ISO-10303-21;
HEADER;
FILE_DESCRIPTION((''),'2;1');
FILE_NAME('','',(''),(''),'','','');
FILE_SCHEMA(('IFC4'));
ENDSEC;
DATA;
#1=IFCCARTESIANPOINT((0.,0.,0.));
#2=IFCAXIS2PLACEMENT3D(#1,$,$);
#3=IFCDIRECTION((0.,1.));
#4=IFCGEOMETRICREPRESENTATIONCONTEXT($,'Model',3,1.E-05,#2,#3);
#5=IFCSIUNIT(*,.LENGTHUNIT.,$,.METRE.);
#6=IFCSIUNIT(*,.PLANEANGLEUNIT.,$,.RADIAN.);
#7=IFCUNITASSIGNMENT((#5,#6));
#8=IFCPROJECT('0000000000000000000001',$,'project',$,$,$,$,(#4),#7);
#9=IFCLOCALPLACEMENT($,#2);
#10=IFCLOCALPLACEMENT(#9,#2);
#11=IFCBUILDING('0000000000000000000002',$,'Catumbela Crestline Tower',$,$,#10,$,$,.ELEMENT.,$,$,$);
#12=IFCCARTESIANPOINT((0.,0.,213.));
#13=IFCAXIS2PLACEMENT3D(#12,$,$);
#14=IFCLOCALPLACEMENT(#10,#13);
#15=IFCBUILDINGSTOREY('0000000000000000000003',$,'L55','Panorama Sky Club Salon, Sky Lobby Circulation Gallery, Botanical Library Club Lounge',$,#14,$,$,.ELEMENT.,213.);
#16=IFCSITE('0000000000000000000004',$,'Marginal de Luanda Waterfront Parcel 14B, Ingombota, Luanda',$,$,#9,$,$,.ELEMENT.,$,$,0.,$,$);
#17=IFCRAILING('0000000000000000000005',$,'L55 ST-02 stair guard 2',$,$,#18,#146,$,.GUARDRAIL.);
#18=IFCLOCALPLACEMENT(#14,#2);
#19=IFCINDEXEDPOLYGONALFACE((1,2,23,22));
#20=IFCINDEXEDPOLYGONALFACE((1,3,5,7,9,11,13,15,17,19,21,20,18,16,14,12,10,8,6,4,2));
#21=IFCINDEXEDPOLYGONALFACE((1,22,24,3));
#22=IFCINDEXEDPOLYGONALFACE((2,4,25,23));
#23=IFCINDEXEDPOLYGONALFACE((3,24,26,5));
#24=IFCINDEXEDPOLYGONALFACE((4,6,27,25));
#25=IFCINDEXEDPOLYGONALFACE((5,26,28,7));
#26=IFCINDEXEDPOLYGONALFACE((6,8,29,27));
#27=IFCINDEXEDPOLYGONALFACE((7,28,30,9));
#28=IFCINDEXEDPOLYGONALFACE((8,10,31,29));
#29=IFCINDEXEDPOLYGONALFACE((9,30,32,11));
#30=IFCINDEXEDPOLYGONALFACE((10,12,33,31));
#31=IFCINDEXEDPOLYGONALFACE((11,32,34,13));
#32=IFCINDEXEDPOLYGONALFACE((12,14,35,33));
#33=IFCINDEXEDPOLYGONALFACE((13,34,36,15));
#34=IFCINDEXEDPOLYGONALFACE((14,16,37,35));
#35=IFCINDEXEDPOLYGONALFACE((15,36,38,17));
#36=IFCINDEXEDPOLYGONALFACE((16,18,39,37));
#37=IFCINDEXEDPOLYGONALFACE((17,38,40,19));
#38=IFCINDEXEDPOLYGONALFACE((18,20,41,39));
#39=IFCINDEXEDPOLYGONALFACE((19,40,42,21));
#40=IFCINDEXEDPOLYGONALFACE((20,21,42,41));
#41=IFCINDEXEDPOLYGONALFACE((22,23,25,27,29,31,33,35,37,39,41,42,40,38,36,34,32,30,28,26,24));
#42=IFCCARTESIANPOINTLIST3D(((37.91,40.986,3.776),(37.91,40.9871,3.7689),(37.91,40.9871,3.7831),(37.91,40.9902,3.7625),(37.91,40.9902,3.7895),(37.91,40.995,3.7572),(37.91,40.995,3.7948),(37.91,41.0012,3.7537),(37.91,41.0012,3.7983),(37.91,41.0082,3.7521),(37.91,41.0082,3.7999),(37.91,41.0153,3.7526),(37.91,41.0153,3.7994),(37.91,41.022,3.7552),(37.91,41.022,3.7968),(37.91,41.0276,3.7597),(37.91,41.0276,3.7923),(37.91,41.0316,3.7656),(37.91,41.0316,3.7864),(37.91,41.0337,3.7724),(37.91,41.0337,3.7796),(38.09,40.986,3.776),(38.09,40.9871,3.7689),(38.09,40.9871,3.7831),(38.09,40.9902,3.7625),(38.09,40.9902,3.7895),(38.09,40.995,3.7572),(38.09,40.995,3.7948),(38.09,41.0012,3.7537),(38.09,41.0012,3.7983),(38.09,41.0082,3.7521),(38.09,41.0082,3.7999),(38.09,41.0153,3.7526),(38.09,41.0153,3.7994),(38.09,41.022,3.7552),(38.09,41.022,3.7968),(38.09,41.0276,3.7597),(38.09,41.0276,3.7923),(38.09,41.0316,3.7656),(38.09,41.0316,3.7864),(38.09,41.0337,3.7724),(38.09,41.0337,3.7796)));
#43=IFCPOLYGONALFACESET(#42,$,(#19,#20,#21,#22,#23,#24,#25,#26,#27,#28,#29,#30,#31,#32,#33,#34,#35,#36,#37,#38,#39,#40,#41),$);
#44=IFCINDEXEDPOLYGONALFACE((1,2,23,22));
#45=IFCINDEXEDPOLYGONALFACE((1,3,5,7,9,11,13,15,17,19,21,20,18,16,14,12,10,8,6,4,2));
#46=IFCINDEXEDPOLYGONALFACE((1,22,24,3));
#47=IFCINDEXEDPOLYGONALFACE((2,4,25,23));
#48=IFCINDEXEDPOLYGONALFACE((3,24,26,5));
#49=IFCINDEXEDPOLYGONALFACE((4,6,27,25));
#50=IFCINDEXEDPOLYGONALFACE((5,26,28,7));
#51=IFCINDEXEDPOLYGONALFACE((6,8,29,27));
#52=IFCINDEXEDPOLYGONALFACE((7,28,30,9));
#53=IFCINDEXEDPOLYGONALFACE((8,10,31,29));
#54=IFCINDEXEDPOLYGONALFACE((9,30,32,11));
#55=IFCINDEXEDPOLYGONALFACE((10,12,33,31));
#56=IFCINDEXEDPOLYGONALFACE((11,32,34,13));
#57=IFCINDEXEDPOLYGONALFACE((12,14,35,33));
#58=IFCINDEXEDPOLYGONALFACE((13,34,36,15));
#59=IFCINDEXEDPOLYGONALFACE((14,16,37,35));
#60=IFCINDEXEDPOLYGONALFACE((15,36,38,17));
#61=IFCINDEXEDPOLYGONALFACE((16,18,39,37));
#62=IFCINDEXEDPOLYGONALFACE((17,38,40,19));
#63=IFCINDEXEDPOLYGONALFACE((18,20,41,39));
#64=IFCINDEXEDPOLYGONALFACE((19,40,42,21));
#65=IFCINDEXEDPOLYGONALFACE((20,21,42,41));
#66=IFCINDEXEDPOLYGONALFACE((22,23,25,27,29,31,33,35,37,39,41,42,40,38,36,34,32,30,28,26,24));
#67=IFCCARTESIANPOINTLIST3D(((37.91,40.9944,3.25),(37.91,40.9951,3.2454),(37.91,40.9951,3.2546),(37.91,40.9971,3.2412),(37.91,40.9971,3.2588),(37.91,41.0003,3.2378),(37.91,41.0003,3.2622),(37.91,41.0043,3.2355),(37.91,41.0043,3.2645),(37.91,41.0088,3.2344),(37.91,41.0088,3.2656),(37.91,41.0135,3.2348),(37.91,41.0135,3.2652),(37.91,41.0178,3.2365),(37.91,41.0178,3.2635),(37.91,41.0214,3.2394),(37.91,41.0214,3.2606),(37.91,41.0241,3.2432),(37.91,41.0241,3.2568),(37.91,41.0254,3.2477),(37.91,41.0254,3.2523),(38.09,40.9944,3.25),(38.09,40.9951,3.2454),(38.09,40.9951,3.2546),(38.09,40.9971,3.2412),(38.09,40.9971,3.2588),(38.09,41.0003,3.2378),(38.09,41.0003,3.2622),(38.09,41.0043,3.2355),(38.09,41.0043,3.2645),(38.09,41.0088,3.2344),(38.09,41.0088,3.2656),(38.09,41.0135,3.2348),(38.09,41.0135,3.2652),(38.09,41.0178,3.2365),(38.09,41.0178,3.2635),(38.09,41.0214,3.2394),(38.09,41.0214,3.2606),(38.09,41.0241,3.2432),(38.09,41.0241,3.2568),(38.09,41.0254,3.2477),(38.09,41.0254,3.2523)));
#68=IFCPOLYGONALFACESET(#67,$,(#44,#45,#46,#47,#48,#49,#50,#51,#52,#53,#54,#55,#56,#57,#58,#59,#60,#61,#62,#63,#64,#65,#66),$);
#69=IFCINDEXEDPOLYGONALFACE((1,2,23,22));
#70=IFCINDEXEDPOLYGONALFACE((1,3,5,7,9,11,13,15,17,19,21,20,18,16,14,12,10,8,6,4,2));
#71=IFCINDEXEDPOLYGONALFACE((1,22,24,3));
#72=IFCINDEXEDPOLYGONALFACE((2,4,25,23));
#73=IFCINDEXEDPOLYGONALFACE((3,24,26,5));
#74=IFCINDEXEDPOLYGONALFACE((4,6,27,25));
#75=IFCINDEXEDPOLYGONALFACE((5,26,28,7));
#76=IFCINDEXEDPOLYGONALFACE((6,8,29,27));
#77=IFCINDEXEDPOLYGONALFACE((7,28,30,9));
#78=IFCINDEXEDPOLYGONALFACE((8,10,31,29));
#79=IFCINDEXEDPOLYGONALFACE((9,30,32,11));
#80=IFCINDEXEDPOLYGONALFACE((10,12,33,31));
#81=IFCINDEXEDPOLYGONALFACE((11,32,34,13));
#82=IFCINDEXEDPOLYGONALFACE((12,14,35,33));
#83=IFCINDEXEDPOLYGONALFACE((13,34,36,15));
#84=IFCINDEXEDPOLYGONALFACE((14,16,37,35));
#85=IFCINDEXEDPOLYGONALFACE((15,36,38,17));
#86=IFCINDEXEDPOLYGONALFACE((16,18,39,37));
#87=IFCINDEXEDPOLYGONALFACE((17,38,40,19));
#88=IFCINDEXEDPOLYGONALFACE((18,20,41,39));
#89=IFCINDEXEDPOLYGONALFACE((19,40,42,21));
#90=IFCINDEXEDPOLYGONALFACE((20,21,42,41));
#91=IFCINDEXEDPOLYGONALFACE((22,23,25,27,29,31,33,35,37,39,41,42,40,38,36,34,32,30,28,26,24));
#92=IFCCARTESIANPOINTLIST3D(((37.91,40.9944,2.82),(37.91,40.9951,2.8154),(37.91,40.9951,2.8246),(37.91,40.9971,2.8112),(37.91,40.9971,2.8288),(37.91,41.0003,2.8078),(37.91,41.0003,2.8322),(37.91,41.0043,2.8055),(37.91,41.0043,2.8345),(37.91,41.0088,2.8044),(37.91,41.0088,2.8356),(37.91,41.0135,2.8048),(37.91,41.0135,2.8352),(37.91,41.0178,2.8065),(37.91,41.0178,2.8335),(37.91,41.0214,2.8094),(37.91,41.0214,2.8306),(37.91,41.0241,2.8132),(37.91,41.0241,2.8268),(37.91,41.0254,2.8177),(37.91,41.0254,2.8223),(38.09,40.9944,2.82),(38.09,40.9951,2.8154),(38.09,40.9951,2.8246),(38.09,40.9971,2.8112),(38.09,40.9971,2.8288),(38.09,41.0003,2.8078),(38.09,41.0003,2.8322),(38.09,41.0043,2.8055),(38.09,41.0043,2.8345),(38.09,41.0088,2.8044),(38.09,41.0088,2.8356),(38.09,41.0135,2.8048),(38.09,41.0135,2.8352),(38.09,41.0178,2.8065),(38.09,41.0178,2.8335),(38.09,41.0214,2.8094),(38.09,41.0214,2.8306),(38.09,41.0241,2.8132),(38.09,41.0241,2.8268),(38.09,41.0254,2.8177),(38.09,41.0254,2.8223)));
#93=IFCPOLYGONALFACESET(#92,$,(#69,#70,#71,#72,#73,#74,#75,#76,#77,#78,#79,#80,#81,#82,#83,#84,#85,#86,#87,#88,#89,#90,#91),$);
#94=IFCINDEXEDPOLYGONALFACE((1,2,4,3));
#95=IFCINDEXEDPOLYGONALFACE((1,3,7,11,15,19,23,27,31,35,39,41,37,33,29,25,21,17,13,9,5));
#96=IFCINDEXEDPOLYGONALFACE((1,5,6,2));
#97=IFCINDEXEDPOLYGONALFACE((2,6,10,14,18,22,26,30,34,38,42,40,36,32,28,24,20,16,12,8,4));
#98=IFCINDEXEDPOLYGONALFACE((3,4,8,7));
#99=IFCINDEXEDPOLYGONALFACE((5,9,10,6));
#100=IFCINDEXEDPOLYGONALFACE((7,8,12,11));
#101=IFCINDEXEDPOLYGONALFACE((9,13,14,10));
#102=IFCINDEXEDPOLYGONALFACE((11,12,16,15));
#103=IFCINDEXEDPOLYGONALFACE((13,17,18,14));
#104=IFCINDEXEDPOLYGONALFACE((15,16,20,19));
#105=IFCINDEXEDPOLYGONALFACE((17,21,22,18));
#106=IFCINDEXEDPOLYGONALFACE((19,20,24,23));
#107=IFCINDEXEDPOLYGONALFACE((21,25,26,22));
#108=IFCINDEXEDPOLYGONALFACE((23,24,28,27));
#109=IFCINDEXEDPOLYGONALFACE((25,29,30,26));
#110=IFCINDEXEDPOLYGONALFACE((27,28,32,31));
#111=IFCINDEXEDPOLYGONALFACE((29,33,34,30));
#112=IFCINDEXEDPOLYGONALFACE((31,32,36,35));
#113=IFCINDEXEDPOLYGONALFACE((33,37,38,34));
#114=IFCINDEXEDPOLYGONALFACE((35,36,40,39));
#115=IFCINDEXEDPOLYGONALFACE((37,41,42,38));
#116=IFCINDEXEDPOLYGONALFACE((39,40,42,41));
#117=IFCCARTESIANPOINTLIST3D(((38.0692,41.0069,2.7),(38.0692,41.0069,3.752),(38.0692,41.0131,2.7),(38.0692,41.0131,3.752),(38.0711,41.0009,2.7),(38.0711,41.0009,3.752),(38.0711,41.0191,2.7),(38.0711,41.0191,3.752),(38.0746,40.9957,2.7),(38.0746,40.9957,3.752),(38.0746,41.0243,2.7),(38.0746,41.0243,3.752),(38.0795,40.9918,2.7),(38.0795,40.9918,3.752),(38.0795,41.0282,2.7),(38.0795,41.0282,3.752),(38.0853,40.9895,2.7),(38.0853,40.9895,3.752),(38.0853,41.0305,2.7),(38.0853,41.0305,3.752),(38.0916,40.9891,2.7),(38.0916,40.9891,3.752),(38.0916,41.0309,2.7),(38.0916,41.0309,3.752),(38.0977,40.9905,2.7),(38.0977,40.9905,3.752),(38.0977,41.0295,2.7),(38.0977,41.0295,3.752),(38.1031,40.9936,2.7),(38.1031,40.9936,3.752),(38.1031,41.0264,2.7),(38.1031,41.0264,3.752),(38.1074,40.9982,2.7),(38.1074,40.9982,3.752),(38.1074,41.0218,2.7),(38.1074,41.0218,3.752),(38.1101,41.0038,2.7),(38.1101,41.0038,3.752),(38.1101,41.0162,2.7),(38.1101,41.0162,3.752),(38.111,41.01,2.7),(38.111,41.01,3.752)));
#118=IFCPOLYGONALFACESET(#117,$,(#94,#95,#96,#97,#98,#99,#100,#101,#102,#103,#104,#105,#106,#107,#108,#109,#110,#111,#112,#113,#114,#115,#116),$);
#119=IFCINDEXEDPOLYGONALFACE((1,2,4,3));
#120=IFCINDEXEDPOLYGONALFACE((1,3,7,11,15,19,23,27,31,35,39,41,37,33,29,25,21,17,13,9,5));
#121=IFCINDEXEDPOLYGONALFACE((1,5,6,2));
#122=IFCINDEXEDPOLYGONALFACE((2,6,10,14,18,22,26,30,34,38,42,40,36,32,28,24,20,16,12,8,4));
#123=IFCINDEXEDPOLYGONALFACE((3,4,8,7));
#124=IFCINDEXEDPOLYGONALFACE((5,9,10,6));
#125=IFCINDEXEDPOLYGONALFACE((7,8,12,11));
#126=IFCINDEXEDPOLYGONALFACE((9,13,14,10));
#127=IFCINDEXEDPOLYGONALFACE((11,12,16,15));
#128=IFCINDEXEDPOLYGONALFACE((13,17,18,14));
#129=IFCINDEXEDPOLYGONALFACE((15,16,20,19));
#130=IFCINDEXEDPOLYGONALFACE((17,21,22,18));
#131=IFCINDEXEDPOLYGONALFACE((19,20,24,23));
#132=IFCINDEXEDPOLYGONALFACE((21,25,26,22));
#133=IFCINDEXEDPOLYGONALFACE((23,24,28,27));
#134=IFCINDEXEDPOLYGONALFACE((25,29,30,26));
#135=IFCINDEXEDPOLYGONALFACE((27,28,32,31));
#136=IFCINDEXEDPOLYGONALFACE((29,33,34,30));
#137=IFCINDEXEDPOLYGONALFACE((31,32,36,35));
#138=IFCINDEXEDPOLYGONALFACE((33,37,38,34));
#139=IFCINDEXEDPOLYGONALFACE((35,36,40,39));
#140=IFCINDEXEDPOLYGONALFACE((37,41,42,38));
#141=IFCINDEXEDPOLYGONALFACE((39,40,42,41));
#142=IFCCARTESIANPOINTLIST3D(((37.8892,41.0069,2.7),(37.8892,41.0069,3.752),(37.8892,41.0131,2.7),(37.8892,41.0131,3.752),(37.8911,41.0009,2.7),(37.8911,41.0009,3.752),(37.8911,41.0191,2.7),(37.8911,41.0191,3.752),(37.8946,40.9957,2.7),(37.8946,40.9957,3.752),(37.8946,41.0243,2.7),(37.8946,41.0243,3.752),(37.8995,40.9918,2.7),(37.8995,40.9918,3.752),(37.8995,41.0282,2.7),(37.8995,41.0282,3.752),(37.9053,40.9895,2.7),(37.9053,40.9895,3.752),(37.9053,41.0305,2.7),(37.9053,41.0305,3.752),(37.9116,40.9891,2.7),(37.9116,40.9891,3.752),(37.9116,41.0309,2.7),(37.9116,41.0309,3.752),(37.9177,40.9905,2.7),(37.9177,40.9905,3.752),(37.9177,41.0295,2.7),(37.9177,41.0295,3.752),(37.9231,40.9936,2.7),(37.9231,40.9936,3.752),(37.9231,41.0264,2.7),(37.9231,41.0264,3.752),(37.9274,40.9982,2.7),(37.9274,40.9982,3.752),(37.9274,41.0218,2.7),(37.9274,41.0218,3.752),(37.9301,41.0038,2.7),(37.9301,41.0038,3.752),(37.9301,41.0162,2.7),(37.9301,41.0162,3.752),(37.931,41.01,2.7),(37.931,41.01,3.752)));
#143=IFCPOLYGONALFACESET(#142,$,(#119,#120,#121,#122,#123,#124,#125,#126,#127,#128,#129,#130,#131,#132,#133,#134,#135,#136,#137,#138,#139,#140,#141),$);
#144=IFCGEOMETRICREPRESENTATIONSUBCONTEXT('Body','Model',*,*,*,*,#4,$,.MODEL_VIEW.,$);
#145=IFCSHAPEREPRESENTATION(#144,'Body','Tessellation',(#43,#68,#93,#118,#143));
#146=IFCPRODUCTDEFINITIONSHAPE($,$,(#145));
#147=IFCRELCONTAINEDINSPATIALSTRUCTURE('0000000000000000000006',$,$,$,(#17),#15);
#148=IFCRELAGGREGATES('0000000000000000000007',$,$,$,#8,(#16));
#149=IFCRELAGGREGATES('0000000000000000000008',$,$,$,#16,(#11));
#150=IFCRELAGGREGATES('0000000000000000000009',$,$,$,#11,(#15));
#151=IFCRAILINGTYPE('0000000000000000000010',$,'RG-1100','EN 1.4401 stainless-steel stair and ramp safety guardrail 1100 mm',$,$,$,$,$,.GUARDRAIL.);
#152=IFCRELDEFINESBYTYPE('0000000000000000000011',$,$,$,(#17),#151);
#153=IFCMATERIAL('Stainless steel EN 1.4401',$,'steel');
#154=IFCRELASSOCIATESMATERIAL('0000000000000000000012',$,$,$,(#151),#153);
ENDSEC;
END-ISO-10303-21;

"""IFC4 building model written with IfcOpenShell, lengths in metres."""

from ifc_helpers import new_model, si_unit, direction, frame, origin, origin_2d, place, context, subcontext, project, spatial, circle, extrude, material, type_object, element, save


model = new_model("IFC4")

# Units and contexts
model_context = context("Model", 3, precision=1e-05, world=origin(), true_north=direction((0.0, 1.0)))
body_context = subcontext(model_context, "Body", "Model", "MODEL_VIEW")
ifc_project = project(units=[si_unit("LENGTHUNIT", "METRE"), si_unit("PLANEANGLEUNIT", "RADIAN")], contexts=[model_context])

# Site, building, storey
site_placement = place(None, origin())
site = spatial("IfcSite", under=ifc_project, at=site_placement, Name="Marginal de Luanda Waterfront Parcel 14B, Ingombota, Luanda", CompositionType="ELEMENT", RefElevation=0.0)
building_placement = place(site_placement, origin())
building = spatial("IfcBuilding", under=site, at=building_placement, Name="Catumbela Crestline Tower", CompositionType="ELEMENT")
storey_placement = place(building_placement, frame((0.0, 0.0, 213.0)))
storey = spatial("IfcBuildingStorey", under=building, at=storey_placement, Name="L55", Description="Panorama Sky Club Salon, Sky Lobby Circulation Gallery, Botanical Library Club Lounge", CompositionType="ELEMENT", Elevation=213.0)

# Shared definitions
ifc_material_1 = material(Name="Stainless steel EN 1.4401", Category="steel")

# Railing
railing_type_1 = type_object("IfcRailingType", Name="RG-1100", Description="EN 1.4401 stainless-steel stair and ramp safety guardrail 1100 mm", PredefinedType="GUARDRAIL", material=ifc_material_1)
railing_1_placement = place(storey_placement, frame((38.09, 41.01, 2.7)))
element("IfcRailing", 1, at=railing_1_placement, inside=storey, type_object=railing_type_1, Name="L55 ST-02 stair guard 2", PredefinedType="GUARDRAIL", context=body_context, shape_type="SweptSolid", body=[
    extrude(circle(Radius=0.024, at=origin_2d()), frame((0.0, 0.0, 1.076), z_axis=(-1.0, 0.0, 0.0), x_axis=(0.0, -1.0, 0.0)), (0.0, 0.0, 1.0), 0.18),
    extrude(circle(Radius=0.0156, at=origin_2d()), frame((0.0, 0.0, 0.55), z_axis=(-1.0, 0.0, 0.0), x_axis=(0.0, -1.0, 0.0)), (0.0, 0.0, 1.0), 0.18),
    extrude(circle(Radius=0.0156, at=origin_2d()), frame((0.0, 0.0, 0.12), z_axis=(-1.0, 0.0, 0.0), x_axis=(0.0, -1.0, 0.0)), (0.0, 0.0, 1.0), 0.18),
    extrude(circle(Radius=0.021, at=origin_2d()), origin(), (0.0, 0.0, 1.0), 1.052),
    extrude(circle(Radius=0.021, at=origin_2d()), frame((-0.18, 0.0, 0.0)), (0.0, 0.0, 1.0), 1.052),
])

save(model, "model.ifc")
